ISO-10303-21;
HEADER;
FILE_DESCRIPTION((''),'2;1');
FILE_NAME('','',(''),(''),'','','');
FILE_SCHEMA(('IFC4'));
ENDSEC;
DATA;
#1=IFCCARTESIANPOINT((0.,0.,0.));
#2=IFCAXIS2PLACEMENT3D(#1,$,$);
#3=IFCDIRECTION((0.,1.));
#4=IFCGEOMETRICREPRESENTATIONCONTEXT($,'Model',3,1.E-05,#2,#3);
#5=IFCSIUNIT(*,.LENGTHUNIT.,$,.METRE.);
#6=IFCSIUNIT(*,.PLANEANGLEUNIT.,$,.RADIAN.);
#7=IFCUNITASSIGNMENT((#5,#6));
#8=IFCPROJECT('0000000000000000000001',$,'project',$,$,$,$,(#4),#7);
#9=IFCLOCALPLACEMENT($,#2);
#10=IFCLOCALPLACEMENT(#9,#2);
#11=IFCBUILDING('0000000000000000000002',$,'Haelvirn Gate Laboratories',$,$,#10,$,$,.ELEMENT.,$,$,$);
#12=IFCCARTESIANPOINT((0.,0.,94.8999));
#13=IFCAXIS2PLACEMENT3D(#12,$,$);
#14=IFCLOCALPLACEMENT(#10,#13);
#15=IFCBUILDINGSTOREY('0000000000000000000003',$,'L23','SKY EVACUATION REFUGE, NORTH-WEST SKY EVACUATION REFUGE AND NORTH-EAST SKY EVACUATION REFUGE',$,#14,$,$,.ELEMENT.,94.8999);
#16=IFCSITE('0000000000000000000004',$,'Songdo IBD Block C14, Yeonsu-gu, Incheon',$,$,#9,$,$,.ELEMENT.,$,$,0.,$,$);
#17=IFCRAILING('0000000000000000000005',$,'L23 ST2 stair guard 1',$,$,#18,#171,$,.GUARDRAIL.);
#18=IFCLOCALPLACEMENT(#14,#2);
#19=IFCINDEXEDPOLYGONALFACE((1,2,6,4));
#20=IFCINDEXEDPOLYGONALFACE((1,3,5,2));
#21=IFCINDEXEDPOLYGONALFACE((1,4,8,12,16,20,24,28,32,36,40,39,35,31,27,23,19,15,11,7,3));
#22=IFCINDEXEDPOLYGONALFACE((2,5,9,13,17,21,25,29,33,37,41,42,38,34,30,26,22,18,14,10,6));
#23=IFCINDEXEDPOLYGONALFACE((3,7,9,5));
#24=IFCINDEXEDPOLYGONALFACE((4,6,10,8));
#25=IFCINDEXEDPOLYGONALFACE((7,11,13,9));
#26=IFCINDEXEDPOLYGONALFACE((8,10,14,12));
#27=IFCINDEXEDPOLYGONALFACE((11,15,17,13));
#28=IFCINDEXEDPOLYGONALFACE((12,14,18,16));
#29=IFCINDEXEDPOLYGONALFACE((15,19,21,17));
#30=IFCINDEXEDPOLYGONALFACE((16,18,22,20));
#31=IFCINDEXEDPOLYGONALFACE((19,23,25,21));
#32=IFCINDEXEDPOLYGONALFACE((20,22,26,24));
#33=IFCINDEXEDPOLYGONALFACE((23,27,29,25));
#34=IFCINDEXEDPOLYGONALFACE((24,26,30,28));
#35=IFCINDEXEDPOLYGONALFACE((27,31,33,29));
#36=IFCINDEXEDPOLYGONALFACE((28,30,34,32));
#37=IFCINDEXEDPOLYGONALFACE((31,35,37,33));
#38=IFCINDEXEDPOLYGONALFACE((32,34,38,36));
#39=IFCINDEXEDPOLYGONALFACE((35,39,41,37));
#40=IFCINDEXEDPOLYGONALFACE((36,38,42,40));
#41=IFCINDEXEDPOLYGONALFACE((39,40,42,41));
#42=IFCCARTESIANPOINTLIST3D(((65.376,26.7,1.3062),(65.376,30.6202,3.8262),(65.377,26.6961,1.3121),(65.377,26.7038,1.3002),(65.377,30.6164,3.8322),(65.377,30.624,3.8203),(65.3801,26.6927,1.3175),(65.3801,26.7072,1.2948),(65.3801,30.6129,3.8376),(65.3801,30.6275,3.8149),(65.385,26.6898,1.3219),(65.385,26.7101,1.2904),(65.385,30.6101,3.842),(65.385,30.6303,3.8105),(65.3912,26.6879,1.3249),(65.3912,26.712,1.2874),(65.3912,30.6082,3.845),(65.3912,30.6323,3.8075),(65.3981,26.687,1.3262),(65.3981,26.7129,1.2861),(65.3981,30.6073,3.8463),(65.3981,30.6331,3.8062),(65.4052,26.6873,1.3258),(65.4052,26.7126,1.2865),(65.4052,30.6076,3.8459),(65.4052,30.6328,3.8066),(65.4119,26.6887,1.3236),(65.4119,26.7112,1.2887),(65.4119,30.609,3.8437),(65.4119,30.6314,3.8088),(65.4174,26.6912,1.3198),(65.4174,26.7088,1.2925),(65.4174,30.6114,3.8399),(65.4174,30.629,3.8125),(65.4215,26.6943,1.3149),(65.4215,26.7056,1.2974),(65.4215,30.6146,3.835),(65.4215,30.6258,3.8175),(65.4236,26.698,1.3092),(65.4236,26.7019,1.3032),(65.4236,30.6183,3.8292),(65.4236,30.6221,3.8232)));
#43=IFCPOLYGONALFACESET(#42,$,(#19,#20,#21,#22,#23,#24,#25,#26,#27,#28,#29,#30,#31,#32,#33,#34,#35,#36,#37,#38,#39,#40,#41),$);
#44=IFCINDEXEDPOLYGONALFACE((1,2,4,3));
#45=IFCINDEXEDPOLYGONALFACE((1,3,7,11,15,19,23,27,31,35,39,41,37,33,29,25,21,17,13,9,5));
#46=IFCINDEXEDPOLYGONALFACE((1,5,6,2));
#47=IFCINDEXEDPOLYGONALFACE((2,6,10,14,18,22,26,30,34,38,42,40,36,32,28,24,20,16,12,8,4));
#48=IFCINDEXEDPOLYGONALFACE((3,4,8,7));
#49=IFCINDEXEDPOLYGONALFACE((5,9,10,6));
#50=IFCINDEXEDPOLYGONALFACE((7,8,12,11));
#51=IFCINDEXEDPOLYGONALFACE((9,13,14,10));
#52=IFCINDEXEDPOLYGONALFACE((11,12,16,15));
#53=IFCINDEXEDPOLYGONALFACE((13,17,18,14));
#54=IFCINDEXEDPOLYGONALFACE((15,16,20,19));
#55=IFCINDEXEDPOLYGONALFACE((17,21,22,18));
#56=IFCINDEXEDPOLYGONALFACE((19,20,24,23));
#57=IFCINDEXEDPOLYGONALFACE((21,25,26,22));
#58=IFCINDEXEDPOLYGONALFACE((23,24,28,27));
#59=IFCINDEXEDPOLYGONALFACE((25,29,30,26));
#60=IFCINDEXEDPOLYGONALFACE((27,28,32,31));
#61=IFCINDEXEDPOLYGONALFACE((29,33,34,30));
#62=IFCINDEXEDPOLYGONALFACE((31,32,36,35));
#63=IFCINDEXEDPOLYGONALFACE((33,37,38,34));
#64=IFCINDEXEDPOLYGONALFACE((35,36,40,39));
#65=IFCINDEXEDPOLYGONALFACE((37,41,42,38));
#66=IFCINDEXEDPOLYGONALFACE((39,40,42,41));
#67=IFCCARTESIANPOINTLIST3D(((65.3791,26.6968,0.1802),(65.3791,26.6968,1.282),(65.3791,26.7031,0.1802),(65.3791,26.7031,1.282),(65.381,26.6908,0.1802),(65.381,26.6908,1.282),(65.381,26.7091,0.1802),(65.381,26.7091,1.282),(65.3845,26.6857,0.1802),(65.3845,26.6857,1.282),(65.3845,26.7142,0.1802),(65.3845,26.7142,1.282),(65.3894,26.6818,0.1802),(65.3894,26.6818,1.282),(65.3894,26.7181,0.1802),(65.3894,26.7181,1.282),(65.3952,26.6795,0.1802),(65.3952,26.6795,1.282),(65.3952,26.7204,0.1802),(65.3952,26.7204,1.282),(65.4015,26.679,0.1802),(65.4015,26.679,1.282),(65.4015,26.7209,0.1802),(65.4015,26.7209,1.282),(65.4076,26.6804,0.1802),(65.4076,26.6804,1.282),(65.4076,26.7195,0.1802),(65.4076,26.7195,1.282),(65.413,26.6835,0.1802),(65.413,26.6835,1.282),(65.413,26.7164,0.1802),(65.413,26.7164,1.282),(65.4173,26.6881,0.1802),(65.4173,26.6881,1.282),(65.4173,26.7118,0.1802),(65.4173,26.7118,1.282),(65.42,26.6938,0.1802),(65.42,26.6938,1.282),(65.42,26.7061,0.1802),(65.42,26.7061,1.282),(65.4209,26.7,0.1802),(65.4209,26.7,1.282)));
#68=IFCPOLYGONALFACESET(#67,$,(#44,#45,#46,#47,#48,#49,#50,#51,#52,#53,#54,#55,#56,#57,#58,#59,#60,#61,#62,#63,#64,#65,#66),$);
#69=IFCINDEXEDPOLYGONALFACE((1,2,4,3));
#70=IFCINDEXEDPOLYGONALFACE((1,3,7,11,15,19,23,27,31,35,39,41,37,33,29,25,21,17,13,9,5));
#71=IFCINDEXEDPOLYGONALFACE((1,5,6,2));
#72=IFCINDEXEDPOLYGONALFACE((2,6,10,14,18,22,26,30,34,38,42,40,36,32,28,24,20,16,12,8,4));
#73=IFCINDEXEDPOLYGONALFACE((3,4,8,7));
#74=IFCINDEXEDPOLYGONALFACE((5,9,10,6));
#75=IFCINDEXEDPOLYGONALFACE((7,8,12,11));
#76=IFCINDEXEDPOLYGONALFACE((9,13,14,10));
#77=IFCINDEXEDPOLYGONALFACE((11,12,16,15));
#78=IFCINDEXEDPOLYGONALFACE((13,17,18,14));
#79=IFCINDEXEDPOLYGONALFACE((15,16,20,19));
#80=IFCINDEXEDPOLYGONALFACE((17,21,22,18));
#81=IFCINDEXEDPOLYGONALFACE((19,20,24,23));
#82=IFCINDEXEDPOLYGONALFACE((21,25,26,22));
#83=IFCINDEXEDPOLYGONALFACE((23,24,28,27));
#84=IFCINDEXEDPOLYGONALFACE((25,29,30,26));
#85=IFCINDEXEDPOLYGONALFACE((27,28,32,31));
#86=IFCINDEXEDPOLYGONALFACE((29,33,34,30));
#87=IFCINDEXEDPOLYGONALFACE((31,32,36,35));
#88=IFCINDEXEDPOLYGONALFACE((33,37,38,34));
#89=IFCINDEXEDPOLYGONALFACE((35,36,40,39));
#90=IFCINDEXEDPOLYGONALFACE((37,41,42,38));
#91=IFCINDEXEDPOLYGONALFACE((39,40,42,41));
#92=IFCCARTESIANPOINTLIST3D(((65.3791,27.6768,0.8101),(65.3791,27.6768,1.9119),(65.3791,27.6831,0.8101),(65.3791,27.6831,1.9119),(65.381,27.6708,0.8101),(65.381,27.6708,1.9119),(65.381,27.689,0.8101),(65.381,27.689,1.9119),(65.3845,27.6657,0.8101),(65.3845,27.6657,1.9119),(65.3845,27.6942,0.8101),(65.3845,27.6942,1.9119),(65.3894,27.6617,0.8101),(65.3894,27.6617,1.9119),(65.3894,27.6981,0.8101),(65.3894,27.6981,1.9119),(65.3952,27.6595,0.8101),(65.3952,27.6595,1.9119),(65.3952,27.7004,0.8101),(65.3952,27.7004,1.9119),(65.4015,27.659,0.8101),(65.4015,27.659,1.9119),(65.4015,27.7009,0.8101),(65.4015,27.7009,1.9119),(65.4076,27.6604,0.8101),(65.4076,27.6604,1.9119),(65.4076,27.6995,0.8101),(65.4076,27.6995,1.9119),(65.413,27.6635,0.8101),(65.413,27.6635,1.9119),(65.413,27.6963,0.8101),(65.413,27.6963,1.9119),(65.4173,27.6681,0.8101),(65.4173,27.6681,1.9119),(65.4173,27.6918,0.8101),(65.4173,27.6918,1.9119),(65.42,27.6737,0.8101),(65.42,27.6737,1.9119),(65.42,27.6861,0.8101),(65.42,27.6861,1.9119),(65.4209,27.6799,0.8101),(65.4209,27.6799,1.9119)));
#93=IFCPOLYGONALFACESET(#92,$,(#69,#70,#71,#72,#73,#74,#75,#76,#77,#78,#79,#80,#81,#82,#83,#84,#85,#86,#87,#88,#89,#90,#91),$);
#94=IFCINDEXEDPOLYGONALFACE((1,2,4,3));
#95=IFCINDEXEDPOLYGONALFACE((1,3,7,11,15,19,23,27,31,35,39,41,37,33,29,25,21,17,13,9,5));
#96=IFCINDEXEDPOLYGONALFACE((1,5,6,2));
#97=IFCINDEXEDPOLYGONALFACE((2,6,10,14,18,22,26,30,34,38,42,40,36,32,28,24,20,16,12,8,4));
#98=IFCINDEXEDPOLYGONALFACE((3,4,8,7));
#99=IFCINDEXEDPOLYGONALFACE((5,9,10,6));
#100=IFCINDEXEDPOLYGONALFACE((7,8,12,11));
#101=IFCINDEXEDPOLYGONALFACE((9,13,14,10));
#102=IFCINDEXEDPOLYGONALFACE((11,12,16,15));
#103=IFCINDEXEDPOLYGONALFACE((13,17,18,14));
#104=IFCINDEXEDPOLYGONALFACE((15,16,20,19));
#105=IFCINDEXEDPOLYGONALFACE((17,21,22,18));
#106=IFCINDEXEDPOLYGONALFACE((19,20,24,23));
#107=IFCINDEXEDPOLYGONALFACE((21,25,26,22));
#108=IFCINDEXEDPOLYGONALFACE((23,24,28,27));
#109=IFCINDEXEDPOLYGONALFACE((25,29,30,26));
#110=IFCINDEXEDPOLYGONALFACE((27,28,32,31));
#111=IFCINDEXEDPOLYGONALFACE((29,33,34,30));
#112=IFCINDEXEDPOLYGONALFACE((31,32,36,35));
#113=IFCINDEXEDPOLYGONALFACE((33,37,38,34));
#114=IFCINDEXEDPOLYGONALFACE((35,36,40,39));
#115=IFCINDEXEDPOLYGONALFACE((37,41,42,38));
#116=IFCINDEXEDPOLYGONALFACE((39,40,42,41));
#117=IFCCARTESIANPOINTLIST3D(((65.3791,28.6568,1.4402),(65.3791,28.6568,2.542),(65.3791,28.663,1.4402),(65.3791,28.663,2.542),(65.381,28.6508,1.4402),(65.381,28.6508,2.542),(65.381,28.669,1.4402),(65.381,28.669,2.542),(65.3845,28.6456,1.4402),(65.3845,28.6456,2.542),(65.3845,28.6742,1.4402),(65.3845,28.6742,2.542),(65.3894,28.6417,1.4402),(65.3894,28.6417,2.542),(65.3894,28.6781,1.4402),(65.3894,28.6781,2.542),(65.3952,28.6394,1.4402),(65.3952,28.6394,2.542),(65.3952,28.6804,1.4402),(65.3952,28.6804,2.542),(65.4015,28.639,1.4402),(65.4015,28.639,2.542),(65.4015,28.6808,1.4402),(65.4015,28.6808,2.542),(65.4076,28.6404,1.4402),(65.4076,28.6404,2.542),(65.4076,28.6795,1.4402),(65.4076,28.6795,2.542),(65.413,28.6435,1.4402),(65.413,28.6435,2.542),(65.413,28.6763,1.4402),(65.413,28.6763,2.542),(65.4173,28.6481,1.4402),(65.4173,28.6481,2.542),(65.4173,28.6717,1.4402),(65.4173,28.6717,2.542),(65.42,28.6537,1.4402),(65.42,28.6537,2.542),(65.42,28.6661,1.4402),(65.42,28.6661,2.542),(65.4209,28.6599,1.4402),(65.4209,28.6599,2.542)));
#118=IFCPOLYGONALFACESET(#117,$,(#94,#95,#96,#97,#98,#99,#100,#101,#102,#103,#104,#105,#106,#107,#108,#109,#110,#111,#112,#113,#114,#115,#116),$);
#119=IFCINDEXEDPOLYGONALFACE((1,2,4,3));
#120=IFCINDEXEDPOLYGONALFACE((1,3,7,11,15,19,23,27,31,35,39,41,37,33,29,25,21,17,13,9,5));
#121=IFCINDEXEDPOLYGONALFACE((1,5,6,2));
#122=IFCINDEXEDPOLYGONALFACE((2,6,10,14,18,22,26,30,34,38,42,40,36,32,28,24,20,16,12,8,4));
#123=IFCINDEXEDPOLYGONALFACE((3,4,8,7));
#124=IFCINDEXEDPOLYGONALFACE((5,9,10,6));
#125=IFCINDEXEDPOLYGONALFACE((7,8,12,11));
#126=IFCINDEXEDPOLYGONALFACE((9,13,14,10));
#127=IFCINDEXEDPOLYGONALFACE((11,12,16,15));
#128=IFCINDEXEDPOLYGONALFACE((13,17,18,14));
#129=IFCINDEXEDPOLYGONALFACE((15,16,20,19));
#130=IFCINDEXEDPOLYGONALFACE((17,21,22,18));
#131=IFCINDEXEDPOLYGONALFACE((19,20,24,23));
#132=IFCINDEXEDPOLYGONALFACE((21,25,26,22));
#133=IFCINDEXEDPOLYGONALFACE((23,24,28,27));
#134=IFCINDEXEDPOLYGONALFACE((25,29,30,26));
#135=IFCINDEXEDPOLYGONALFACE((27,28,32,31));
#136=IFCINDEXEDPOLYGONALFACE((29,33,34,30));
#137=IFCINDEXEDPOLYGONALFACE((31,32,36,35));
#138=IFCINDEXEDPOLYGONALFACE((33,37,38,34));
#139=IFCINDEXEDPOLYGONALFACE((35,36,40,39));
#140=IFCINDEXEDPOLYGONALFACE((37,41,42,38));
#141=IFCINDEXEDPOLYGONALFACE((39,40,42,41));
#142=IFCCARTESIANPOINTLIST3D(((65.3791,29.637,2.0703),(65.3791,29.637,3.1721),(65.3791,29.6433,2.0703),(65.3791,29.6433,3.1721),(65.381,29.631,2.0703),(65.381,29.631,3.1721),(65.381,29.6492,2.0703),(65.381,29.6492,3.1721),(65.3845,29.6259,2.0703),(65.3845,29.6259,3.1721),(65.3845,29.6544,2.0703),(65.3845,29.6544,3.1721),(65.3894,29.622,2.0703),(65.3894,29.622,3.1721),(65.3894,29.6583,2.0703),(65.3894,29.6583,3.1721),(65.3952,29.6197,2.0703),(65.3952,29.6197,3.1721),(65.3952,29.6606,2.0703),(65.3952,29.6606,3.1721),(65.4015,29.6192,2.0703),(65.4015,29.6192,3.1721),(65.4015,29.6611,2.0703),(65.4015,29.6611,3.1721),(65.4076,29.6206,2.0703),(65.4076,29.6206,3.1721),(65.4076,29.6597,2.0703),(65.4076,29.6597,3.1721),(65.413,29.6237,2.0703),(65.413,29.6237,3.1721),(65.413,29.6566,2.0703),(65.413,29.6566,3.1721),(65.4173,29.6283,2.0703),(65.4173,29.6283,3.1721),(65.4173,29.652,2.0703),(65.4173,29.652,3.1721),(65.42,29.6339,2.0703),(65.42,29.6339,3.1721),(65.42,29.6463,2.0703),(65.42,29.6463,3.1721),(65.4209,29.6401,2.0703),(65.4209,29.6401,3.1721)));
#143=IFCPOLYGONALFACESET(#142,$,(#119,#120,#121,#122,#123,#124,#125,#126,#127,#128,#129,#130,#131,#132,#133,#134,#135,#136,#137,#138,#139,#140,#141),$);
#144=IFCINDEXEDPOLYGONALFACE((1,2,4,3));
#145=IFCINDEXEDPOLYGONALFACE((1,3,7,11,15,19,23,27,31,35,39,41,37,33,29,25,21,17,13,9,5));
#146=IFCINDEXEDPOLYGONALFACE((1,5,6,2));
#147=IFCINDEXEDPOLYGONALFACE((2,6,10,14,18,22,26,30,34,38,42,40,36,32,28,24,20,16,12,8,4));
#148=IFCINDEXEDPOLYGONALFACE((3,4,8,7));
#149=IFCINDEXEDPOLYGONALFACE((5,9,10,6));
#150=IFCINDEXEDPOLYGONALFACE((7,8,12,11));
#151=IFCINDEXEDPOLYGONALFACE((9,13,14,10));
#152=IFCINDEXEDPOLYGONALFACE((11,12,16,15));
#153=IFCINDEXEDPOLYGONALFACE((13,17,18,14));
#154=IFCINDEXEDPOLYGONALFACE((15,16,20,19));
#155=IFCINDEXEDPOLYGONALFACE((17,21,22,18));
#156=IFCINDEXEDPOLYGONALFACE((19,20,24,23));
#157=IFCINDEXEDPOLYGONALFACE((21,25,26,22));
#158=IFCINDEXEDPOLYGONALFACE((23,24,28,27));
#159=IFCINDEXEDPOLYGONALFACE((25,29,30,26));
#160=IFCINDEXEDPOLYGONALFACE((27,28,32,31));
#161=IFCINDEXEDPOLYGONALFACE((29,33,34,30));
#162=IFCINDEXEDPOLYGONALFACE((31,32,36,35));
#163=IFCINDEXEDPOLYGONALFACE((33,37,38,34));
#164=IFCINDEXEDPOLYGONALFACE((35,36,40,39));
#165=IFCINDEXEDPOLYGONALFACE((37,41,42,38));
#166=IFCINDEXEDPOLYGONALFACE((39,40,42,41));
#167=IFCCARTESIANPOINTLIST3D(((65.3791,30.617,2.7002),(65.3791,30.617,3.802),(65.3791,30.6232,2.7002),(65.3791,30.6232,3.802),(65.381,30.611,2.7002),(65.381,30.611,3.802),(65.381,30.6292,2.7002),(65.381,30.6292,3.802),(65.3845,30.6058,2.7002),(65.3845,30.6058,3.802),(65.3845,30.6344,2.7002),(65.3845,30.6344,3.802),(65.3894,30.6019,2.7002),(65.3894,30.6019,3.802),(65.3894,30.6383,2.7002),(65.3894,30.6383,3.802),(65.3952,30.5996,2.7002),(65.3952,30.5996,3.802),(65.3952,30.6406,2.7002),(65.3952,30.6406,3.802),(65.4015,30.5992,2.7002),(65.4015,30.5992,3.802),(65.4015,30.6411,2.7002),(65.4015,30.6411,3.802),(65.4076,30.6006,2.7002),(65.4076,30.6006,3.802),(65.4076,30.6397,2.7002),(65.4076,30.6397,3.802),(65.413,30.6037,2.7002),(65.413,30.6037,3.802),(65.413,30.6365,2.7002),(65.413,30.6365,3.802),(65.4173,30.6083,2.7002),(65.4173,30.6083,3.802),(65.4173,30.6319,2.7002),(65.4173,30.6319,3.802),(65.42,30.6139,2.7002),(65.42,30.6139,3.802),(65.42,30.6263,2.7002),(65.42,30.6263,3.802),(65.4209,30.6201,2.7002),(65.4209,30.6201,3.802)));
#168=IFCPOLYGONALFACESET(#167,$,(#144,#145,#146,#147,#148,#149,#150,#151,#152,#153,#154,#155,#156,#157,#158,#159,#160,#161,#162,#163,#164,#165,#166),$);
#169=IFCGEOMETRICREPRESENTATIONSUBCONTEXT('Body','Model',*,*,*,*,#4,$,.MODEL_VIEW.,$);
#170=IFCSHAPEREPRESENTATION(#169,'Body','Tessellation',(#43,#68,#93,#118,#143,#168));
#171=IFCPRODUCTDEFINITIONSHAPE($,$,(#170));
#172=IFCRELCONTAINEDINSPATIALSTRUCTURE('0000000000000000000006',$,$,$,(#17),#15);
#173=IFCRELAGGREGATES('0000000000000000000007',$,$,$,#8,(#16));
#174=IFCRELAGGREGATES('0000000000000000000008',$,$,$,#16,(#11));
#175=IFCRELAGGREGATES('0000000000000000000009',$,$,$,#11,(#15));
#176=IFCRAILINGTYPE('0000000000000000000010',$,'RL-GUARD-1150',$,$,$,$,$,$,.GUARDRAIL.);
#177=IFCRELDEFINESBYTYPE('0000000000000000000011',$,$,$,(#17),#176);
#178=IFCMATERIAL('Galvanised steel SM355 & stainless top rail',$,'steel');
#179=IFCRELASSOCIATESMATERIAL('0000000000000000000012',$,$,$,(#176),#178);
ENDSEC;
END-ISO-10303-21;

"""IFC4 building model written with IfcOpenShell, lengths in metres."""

from ifc_helpers import new_model, si_unit, direction, frame, origin, origin_2d, place, context, subcontext, project, spatial, circle, extrude, source, transform, mapped, material, type_object, element, save


model = new_model("IFC4")

# Units and contexts
model_context = context("Model", 3, precision=1e-05, world=origin(), true_north=direction((0.0, 1.0)))
body_context = subcontext(model_context, "Body", "Model", "MODEL_VIEW")
ifc_project = project(units=[si_unit("LENGTHUNIT", "METRE"), si_unit("PLANEANGLEUNIT", "RADIAN")], contexts=[model_context])

# Site, building, storey
site_placement = place(None, origin())
site = spatial("IfcSite", under=ifc_project, at=site_placement, Name="Songdo IBD Block C14, Yeonsu-gu, Incheon", CompositionType="ELEMENT", RefElevation=0.0)
building_placement = place(site_placement, origin())
building = spatial("IfcBuilding", under=site, at=building_placement, Name="Haelvirn Gate Laboratories", CompositionType="ELEMENT")
storey_placement = place(building_placement, frame((0.0, 0.0, 94.8999)))
storey = spatial("IfcBuildingStorey", under=building, at=storey_placement, Name="L23", Description="SKY EVACUATION REFUGE, NORTH-WEST SKY EVACUATION REFUGE AND NORTH-EAST SKY EVACUATION REFUGE", CompositionType="ELEMENT", Elevation=94.8999)

# Railing
ifc_material_1 = material(Name="Galvanised steel SM355 & stainless top rail", Category="steel")
railing_type_1 = type_object("IfcRailingType", Name="RL-GUARD-1150", PredefinedType="GUARDRAIL", material=ifc_material_1)
shared_shape_1 = source(origin(), body_context, "Body", "SweptSolid", [
    extrude(circle(Radius=0.0239, at=origin_2d()), frame((0.0, 0.0, 1.126), z_axis=(0.0, 0.841187, 0.540744), x_axis=(-1.0, 0.0, 0.0)), (0.0, 0.0, 1.0), 4.6604),
    extrude(circle(Radius=0.021, at=origin_2d()), origin(), (0.0, 0.0, 1.0), 1.1018),
    extrude(circle(Radius=0.021, at=origin_2d()), frame((0.0, 0.98, 0.6299)), (0.0, 0.0, 1.0), 1.1018),
    extrude(circle(Radius=0.021, at=origin_2d()), frame((0.0, 1.96, 1.26)), (0.0, 0.0, 1.0), 1.1018),
    extrude(circle(Radius=0.021, at=origin_2d()), frame((0.0, 2.9402, 1.8901)), (0.0, 0.0, 1.0), 1.1018),
    extrude(circle(Radius=0.021, at=origin_2d()), frame((0.0, 3.9202, 2.52)), (0.0, 0.0, 1.0), 1.1018),
])
railing_1_placement = place(storey_placement, frame((65.3999, 26.7, 0.1802)))
element("IfcRailing", 1, at=railing_1_placement, inside=storey, type_object=railing_type_1, Name="L23 ST2 stair guard 1", PredefinedType="GUARDRAIL", context=body_context, shape_type="MappedRepresentation", body=[
    mapped(shared_shape_1, transform((0.0, 0.0, 0.0), scale=1.0)),
])

save(model, "model.ifc")
